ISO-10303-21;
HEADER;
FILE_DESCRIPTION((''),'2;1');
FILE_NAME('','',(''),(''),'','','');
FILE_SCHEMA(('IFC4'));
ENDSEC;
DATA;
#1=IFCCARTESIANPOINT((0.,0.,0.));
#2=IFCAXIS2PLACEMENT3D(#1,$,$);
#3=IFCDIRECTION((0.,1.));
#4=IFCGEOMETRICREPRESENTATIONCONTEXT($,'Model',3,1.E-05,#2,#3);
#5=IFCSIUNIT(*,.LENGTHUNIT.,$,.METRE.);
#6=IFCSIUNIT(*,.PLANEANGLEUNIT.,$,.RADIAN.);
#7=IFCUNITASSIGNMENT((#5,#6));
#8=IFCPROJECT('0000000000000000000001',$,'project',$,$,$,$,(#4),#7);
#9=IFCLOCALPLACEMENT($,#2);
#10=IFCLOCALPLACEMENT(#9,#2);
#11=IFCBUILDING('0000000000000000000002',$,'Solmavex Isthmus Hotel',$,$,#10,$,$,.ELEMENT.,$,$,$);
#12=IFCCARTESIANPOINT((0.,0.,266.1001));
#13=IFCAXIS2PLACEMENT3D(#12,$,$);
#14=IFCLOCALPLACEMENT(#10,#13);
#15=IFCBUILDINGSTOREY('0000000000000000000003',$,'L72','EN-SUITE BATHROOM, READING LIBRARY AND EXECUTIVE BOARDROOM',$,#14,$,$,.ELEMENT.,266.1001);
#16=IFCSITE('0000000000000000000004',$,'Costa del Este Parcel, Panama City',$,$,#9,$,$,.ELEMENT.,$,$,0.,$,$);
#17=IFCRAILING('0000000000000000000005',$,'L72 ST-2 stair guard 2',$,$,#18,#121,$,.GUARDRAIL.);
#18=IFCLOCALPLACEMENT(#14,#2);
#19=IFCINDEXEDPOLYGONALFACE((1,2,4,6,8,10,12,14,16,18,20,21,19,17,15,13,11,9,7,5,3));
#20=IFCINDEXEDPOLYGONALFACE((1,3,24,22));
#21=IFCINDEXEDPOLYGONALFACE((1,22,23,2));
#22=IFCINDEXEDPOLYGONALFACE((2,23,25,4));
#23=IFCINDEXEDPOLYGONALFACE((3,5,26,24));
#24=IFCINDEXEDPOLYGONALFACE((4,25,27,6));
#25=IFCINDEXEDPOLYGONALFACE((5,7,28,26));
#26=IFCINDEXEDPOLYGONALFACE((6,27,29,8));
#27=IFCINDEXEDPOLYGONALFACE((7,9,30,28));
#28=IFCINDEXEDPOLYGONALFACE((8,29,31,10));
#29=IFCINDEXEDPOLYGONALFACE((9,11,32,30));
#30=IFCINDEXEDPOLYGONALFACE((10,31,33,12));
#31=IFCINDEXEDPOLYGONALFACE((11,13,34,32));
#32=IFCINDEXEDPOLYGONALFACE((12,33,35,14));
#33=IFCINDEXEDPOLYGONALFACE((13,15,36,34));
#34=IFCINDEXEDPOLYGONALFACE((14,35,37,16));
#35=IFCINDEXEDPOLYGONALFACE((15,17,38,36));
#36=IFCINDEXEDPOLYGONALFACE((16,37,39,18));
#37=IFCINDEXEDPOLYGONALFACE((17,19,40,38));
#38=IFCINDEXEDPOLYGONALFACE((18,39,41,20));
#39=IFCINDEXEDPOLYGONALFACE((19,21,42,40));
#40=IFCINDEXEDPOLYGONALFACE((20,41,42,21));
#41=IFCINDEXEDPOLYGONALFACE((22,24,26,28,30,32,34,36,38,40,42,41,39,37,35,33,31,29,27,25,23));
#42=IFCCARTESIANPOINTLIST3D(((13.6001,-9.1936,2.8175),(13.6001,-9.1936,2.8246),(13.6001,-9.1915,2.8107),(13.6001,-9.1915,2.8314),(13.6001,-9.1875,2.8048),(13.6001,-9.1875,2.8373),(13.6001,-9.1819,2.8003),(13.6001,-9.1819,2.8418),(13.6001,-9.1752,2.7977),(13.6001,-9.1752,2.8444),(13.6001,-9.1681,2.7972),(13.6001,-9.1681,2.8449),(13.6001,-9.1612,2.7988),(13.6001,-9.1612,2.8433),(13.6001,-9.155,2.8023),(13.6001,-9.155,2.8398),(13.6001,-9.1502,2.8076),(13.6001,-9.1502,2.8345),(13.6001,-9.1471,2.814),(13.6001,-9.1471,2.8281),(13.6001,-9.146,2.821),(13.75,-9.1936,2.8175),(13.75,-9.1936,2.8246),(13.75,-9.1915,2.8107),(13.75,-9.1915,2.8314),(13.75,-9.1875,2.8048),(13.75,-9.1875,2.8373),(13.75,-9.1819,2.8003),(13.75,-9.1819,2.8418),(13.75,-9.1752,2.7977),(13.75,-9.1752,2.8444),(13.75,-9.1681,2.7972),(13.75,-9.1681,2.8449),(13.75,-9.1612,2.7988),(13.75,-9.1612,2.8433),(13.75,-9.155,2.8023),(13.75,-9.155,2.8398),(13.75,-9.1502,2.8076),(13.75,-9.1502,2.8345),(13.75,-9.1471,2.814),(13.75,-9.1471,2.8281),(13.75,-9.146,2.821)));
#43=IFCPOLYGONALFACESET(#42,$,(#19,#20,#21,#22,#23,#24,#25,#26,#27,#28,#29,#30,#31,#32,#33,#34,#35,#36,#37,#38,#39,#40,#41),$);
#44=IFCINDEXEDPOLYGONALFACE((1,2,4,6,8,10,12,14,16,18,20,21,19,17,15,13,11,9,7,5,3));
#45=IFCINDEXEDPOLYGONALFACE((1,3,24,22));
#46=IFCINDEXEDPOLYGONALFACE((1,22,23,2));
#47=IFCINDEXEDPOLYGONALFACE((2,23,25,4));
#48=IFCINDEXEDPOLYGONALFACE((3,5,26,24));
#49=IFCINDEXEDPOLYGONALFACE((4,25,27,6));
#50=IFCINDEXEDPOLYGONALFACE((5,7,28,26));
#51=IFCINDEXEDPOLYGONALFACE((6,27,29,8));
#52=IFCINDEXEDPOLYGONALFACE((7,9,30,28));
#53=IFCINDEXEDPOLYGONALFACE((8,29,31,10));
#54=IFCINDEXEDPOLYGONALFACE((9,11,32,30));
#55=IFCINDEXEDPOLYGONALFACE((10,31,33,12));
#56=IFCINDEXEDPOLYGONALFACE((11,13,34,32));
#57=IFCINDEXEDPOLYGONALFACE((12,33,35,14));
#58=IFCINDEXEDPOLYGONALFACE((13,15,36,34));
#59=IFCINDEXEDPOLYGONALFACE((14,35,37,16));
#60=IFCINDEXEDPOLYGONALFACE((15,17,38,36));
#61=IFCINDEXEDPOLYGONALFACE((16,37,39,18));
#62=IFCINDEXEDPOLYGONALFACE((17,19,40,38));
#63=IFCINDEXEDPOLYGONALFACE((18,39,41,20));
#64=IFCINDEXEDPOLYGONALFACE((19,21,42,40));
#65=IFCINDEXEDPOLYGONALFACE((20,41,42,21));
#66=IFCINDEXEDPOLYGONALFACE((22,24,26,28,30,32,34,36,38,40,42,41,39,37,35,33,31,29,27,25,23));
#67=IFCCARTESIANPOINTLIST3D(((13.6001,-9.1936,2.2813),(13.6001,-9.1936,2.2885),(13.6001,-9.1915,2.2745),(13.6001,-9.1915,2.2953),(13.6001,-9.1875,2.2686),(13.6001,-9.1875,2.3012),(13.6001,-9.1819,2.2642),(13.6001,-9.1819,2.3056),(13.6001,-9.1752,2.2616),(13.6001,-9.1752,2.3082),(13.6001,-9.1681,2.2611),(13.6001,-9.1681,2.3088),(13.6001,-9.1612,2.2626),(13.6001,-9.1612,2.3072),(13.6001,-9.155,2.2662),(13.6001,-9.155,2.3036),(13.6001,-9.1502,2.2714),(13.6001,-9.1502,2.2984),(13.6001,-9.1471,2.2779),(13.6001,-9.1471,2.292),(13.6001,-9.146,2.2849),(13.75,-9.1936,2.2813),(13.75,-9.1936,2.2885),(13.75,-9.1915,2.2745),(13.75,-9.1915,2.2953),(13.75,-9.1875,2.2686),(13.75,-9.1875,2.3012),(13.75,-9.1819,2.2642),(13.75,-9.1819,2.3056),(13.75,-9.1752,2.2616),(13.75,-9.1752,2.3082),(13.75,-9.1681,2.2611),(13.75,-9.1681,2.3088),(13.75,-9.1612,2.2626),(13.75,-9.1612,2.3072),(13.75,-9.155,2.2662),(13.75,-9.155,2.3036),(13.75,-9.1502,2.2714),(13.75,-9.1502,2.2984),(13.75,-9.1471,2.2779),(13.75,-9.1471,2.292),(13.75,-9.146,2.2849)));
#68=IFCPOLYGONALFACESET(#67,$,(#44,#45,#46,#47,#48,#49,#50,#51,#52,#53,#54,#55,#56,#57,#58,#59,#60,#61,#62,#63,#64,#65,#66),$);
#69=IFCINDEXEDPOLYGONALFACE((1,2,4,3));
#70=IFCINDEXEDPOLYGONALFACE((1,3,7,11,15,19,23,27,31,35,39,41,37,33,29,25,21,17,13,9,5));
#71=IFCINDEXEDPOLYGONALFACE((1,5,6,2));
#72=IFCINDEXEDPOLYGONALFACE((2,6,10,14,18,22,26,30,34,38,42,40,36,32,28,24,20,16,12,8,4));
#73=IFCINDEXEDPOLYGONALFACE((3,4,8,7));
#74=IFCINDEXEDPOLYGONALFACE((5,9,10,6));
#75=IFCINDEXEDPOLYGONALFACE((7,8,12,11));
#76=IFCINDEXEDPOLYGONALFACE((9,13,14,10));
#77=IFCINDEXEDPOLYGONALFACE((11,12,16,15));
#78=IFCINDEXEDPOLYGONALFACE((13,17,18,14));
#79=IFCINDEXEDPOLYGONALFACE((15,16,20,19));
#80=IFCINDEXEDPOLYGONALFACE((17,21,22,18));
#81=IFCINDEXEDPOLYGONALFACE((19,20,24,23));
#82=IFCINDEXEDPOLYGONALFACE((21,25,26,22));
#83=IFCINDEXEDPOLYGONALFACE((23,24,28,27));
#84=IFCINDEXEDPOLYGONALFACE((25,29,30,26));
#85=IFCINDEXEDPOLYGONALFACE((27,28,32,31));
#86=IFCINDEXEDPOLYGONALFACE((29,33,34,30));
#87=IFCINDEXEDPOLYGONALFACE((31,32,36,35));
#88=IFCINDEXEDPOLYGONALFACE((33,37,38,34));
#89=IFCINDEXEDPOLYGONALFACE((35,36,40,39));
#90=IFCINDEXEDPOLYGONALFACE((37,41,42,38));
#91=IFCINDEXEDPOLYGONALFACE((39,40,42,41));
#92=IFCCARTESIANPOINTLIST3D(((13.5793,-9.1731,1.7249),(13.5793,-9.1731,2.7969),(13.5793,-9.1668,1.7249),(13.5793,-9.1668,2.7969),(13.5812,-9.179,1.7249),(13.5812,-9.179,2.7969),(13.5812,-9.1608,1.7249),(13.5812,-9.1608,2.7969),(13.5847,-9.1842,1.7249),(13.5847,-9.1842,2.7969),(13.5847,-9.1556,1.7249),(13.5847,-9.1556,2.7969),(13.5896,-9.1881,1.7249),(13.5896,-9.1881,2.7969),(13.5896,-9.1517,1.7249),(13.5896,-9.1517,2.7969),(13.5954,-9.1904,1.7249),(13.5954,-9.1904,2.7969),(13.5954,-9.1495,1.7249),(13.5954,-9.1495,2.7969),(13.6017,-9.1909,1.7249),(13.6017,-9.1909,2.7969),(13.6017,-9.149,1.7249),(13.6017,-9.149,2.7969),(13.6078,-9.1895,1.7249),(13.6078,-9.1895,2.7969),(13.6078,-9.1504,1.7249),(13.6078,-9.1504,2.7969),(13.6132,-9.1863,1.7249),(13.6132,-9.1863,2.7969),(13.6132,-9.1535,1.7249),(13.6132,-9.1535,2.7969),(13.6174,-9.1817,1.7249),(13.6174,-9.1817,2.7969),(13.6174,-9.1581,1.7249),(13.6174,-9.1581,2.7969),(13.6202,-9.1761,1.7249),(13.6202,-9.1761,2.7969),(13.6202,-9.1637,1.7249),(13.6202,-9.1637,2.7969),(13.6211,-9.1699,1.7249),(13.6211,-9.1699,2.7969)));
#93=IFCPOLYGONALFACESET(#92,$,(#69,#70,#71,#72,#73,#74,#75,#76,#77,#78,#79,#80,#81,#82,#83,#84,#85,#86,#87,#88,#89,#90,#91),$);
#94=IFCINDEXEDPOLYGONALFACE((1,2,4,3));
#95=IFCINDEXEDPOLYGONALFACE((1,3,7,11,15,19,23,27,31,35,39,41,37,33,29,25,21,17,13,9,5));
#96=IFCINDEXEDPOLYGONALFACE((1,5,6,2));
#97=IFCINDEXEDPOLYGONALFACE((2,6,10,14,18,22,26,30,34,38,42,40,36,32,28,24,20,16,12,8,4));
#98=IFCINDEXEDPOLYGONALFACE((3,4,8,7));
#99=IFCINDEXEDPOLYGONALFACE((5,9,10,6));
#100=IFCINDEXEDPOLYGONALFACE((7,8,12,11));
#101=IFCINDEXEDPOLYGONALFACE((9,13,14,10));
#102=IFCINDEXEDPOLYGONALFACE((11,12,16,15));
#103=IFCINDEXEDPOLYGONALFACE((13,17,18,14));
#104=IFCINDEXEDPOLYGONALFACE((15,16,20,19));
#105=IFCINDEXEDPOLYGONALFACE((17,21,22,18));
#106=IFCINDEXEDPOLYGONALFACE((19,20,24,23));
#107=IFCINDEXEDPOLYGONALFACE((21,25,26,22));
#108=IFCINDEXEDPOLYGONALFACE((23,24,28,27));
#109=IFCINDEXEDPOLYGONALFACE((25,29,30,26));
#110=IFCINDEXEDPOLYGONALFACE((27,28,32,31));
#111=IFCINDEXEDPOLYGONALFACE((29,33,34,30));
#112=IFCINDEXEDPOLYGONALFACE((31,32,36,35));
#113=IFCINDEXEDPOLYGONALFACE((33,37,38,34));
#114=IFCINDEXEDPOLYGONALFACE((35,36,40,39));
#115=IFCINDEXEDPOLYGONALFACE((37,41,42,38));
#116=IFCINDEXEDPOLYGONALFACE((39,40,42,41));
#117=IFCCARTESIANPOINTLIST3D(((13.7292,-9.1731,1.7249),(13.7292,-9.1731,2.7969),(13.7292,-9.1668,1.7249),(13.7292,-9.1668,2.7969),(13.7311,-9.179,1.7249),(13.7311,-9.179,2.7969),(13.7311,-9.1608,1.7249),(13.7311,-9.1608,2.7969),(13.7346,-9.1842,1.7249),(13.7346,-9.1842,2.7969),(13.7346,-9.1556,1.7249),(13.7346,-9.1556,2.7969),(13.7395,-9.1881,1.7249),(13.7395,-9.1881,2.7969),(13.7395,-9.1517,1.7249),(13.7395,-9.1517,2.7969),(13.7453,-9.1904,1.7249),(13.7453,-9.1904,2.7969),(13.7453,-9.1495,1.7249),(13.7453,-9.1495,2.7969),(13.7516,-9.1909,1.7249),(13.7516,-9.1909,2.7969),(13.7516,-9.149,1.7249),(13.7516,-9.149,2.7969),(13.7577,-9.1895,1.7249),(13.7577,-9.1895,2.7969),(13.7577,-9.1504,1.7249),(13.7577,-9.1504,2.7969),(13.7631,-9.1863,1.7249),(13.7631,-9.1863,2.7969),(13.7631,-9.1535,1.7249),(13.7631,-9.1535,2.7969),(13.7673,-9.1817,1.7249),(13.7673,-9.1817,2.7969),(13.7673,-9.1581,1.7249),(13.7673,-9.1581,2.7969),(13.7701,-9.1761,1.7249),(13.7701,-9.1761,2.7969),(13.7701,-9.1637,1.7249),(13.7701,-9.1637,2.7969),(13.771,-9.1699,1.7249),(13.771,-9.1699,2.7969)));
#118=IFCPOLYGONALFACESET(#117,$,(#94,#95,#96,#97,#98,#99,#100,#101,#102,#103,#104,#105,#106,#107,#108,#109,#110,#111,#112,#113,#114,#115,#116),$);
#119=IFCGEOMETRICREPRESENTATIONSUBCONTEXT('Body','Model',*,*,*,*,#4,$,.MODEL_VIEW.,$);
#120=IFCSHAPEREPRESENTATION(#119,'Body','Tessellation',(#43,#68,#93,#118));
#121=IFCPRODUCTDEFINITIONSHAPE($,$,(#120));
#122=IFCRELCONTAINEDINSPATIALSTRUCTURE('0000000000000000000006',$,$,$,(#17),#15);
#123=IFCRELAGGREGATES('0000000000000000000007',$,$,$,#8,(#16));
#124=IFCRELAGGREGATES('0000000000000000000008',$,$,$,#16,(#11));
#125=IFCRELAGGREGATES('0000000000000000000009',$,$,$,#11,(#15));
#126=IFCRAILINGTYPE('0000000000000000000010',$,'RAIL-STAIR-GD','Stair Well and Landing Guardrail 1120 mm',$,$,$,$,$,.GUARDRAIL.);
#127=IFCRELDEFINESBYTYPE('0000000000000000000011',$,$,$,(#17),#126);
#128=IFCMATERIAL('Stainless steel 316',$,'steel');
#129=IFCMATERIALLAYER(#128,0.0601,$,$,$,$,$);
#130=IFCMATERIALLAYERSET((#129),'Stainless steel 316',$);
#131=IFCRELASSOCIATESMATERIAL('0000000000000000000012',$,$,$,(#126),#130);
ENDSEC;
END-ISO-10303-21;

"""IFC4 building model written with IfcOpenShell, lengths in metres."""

from ifc_helpers import new_model, si_unit, direction, frame, origin, origin_2d, place, context, subcontext, project, spatial, circle, extrude, material, layer, layer_set, type_object, element, save


model = new_model("IFC4")

# Units and contexts
model_context = context("Model", 3, precision=1e-05, world=origin(), true_north=direction((0.0, 1.0)))
body_context = subcontext(model_context, "Body", "Model", "MODEL_VIEW")
ifc_project = project(units=[si_unit("LENGTHUNIT", "METRE"), si_unit("PLANEANGLEUNIT", "RADIAN")], contexts=[model_context])

# Site, building, storey
site_placement = place(None, origin())
site = spatial("IfcSite", under=ifc_project, at=site_placement, Name="Costa del Este Parcel, Panama City", CompositionType="ELEMENT", RefElevation=0.0)
building_placement = place(site_placement, origin())
building = spatial("IfcBuilding", under=site, at=building_placement, Name="Solmavex Isthmus Hotel", CompositionType="ELEMENT")
storey_placement = place(building_placement, frame((0.0, 0.0, 266.1001)))
storey = spatial("IfcBuildingStorey", under=building, at=storey_placement, Name="L72", Description="EN-SUITE BATHROOM, READING LIBRARY AND EXECUTIVE BOARDROOM", CompositionType="ELEMENT", Elevation=266.1001)

# Railing
ifc_material_1 = material(Name="Stainless steel 316", Category="steel")
ifc_layer_1 = layer(ifc_material_1, 0.0601)
ifc_layer_set_1 = layer_set([ifc_layer_1], Name="Stainless steel 316")
railing_type_1 = type_object("IfcRailingType", Name="RAIL-STAIR-GD", Description="Stair Well and Landing Guardrail 1120 mm", PredefinedType="GUARDRAIL", material=ifc_layer_set_1)
railing_1_placement = place(storey_placement, frame((13.6001, -9.1699, 1.7249)))
element("IfcRailing", 1, at=railing_1_placement, inside=storey, type_object=railing_type_1, Name="L72 ST-2 stair guard 2", PredefinedType="GUARDRAIL", context=body_context, shape_type="SweptSolid", body=[
    extrude(circle(Radius=0.0239, at=origin_2d()), frame((0.0, 0.0, 1.0962), z_axis=(1.0, 0.0, 0.0), x_axis=(0.0, 1.0, 0.0)), (0.0, 0.0, 1.0), 0.1499),
    extrude(circle(Radius=0.0239, at=origin_2d()), frame((0.0, 0.0, 0.5601), z_axis=(1.0, 0.0, 0.0), x_axis=(0.0, 1.0, 0.0)), (0.0, 0.0, 1.0), 0.1499),
    extrude(circle(Radius=0.021, at=origin_2d()), origin(), (0.0, 0.0, 1.0), 1.072),
    extrude(circle(Radius=0.021, at=origin_2d()), frame((0.1499, 0.0, 0.0)), (0.0, 0.0, 1.0), 1.072),
])

save(model, "model.ifc")
